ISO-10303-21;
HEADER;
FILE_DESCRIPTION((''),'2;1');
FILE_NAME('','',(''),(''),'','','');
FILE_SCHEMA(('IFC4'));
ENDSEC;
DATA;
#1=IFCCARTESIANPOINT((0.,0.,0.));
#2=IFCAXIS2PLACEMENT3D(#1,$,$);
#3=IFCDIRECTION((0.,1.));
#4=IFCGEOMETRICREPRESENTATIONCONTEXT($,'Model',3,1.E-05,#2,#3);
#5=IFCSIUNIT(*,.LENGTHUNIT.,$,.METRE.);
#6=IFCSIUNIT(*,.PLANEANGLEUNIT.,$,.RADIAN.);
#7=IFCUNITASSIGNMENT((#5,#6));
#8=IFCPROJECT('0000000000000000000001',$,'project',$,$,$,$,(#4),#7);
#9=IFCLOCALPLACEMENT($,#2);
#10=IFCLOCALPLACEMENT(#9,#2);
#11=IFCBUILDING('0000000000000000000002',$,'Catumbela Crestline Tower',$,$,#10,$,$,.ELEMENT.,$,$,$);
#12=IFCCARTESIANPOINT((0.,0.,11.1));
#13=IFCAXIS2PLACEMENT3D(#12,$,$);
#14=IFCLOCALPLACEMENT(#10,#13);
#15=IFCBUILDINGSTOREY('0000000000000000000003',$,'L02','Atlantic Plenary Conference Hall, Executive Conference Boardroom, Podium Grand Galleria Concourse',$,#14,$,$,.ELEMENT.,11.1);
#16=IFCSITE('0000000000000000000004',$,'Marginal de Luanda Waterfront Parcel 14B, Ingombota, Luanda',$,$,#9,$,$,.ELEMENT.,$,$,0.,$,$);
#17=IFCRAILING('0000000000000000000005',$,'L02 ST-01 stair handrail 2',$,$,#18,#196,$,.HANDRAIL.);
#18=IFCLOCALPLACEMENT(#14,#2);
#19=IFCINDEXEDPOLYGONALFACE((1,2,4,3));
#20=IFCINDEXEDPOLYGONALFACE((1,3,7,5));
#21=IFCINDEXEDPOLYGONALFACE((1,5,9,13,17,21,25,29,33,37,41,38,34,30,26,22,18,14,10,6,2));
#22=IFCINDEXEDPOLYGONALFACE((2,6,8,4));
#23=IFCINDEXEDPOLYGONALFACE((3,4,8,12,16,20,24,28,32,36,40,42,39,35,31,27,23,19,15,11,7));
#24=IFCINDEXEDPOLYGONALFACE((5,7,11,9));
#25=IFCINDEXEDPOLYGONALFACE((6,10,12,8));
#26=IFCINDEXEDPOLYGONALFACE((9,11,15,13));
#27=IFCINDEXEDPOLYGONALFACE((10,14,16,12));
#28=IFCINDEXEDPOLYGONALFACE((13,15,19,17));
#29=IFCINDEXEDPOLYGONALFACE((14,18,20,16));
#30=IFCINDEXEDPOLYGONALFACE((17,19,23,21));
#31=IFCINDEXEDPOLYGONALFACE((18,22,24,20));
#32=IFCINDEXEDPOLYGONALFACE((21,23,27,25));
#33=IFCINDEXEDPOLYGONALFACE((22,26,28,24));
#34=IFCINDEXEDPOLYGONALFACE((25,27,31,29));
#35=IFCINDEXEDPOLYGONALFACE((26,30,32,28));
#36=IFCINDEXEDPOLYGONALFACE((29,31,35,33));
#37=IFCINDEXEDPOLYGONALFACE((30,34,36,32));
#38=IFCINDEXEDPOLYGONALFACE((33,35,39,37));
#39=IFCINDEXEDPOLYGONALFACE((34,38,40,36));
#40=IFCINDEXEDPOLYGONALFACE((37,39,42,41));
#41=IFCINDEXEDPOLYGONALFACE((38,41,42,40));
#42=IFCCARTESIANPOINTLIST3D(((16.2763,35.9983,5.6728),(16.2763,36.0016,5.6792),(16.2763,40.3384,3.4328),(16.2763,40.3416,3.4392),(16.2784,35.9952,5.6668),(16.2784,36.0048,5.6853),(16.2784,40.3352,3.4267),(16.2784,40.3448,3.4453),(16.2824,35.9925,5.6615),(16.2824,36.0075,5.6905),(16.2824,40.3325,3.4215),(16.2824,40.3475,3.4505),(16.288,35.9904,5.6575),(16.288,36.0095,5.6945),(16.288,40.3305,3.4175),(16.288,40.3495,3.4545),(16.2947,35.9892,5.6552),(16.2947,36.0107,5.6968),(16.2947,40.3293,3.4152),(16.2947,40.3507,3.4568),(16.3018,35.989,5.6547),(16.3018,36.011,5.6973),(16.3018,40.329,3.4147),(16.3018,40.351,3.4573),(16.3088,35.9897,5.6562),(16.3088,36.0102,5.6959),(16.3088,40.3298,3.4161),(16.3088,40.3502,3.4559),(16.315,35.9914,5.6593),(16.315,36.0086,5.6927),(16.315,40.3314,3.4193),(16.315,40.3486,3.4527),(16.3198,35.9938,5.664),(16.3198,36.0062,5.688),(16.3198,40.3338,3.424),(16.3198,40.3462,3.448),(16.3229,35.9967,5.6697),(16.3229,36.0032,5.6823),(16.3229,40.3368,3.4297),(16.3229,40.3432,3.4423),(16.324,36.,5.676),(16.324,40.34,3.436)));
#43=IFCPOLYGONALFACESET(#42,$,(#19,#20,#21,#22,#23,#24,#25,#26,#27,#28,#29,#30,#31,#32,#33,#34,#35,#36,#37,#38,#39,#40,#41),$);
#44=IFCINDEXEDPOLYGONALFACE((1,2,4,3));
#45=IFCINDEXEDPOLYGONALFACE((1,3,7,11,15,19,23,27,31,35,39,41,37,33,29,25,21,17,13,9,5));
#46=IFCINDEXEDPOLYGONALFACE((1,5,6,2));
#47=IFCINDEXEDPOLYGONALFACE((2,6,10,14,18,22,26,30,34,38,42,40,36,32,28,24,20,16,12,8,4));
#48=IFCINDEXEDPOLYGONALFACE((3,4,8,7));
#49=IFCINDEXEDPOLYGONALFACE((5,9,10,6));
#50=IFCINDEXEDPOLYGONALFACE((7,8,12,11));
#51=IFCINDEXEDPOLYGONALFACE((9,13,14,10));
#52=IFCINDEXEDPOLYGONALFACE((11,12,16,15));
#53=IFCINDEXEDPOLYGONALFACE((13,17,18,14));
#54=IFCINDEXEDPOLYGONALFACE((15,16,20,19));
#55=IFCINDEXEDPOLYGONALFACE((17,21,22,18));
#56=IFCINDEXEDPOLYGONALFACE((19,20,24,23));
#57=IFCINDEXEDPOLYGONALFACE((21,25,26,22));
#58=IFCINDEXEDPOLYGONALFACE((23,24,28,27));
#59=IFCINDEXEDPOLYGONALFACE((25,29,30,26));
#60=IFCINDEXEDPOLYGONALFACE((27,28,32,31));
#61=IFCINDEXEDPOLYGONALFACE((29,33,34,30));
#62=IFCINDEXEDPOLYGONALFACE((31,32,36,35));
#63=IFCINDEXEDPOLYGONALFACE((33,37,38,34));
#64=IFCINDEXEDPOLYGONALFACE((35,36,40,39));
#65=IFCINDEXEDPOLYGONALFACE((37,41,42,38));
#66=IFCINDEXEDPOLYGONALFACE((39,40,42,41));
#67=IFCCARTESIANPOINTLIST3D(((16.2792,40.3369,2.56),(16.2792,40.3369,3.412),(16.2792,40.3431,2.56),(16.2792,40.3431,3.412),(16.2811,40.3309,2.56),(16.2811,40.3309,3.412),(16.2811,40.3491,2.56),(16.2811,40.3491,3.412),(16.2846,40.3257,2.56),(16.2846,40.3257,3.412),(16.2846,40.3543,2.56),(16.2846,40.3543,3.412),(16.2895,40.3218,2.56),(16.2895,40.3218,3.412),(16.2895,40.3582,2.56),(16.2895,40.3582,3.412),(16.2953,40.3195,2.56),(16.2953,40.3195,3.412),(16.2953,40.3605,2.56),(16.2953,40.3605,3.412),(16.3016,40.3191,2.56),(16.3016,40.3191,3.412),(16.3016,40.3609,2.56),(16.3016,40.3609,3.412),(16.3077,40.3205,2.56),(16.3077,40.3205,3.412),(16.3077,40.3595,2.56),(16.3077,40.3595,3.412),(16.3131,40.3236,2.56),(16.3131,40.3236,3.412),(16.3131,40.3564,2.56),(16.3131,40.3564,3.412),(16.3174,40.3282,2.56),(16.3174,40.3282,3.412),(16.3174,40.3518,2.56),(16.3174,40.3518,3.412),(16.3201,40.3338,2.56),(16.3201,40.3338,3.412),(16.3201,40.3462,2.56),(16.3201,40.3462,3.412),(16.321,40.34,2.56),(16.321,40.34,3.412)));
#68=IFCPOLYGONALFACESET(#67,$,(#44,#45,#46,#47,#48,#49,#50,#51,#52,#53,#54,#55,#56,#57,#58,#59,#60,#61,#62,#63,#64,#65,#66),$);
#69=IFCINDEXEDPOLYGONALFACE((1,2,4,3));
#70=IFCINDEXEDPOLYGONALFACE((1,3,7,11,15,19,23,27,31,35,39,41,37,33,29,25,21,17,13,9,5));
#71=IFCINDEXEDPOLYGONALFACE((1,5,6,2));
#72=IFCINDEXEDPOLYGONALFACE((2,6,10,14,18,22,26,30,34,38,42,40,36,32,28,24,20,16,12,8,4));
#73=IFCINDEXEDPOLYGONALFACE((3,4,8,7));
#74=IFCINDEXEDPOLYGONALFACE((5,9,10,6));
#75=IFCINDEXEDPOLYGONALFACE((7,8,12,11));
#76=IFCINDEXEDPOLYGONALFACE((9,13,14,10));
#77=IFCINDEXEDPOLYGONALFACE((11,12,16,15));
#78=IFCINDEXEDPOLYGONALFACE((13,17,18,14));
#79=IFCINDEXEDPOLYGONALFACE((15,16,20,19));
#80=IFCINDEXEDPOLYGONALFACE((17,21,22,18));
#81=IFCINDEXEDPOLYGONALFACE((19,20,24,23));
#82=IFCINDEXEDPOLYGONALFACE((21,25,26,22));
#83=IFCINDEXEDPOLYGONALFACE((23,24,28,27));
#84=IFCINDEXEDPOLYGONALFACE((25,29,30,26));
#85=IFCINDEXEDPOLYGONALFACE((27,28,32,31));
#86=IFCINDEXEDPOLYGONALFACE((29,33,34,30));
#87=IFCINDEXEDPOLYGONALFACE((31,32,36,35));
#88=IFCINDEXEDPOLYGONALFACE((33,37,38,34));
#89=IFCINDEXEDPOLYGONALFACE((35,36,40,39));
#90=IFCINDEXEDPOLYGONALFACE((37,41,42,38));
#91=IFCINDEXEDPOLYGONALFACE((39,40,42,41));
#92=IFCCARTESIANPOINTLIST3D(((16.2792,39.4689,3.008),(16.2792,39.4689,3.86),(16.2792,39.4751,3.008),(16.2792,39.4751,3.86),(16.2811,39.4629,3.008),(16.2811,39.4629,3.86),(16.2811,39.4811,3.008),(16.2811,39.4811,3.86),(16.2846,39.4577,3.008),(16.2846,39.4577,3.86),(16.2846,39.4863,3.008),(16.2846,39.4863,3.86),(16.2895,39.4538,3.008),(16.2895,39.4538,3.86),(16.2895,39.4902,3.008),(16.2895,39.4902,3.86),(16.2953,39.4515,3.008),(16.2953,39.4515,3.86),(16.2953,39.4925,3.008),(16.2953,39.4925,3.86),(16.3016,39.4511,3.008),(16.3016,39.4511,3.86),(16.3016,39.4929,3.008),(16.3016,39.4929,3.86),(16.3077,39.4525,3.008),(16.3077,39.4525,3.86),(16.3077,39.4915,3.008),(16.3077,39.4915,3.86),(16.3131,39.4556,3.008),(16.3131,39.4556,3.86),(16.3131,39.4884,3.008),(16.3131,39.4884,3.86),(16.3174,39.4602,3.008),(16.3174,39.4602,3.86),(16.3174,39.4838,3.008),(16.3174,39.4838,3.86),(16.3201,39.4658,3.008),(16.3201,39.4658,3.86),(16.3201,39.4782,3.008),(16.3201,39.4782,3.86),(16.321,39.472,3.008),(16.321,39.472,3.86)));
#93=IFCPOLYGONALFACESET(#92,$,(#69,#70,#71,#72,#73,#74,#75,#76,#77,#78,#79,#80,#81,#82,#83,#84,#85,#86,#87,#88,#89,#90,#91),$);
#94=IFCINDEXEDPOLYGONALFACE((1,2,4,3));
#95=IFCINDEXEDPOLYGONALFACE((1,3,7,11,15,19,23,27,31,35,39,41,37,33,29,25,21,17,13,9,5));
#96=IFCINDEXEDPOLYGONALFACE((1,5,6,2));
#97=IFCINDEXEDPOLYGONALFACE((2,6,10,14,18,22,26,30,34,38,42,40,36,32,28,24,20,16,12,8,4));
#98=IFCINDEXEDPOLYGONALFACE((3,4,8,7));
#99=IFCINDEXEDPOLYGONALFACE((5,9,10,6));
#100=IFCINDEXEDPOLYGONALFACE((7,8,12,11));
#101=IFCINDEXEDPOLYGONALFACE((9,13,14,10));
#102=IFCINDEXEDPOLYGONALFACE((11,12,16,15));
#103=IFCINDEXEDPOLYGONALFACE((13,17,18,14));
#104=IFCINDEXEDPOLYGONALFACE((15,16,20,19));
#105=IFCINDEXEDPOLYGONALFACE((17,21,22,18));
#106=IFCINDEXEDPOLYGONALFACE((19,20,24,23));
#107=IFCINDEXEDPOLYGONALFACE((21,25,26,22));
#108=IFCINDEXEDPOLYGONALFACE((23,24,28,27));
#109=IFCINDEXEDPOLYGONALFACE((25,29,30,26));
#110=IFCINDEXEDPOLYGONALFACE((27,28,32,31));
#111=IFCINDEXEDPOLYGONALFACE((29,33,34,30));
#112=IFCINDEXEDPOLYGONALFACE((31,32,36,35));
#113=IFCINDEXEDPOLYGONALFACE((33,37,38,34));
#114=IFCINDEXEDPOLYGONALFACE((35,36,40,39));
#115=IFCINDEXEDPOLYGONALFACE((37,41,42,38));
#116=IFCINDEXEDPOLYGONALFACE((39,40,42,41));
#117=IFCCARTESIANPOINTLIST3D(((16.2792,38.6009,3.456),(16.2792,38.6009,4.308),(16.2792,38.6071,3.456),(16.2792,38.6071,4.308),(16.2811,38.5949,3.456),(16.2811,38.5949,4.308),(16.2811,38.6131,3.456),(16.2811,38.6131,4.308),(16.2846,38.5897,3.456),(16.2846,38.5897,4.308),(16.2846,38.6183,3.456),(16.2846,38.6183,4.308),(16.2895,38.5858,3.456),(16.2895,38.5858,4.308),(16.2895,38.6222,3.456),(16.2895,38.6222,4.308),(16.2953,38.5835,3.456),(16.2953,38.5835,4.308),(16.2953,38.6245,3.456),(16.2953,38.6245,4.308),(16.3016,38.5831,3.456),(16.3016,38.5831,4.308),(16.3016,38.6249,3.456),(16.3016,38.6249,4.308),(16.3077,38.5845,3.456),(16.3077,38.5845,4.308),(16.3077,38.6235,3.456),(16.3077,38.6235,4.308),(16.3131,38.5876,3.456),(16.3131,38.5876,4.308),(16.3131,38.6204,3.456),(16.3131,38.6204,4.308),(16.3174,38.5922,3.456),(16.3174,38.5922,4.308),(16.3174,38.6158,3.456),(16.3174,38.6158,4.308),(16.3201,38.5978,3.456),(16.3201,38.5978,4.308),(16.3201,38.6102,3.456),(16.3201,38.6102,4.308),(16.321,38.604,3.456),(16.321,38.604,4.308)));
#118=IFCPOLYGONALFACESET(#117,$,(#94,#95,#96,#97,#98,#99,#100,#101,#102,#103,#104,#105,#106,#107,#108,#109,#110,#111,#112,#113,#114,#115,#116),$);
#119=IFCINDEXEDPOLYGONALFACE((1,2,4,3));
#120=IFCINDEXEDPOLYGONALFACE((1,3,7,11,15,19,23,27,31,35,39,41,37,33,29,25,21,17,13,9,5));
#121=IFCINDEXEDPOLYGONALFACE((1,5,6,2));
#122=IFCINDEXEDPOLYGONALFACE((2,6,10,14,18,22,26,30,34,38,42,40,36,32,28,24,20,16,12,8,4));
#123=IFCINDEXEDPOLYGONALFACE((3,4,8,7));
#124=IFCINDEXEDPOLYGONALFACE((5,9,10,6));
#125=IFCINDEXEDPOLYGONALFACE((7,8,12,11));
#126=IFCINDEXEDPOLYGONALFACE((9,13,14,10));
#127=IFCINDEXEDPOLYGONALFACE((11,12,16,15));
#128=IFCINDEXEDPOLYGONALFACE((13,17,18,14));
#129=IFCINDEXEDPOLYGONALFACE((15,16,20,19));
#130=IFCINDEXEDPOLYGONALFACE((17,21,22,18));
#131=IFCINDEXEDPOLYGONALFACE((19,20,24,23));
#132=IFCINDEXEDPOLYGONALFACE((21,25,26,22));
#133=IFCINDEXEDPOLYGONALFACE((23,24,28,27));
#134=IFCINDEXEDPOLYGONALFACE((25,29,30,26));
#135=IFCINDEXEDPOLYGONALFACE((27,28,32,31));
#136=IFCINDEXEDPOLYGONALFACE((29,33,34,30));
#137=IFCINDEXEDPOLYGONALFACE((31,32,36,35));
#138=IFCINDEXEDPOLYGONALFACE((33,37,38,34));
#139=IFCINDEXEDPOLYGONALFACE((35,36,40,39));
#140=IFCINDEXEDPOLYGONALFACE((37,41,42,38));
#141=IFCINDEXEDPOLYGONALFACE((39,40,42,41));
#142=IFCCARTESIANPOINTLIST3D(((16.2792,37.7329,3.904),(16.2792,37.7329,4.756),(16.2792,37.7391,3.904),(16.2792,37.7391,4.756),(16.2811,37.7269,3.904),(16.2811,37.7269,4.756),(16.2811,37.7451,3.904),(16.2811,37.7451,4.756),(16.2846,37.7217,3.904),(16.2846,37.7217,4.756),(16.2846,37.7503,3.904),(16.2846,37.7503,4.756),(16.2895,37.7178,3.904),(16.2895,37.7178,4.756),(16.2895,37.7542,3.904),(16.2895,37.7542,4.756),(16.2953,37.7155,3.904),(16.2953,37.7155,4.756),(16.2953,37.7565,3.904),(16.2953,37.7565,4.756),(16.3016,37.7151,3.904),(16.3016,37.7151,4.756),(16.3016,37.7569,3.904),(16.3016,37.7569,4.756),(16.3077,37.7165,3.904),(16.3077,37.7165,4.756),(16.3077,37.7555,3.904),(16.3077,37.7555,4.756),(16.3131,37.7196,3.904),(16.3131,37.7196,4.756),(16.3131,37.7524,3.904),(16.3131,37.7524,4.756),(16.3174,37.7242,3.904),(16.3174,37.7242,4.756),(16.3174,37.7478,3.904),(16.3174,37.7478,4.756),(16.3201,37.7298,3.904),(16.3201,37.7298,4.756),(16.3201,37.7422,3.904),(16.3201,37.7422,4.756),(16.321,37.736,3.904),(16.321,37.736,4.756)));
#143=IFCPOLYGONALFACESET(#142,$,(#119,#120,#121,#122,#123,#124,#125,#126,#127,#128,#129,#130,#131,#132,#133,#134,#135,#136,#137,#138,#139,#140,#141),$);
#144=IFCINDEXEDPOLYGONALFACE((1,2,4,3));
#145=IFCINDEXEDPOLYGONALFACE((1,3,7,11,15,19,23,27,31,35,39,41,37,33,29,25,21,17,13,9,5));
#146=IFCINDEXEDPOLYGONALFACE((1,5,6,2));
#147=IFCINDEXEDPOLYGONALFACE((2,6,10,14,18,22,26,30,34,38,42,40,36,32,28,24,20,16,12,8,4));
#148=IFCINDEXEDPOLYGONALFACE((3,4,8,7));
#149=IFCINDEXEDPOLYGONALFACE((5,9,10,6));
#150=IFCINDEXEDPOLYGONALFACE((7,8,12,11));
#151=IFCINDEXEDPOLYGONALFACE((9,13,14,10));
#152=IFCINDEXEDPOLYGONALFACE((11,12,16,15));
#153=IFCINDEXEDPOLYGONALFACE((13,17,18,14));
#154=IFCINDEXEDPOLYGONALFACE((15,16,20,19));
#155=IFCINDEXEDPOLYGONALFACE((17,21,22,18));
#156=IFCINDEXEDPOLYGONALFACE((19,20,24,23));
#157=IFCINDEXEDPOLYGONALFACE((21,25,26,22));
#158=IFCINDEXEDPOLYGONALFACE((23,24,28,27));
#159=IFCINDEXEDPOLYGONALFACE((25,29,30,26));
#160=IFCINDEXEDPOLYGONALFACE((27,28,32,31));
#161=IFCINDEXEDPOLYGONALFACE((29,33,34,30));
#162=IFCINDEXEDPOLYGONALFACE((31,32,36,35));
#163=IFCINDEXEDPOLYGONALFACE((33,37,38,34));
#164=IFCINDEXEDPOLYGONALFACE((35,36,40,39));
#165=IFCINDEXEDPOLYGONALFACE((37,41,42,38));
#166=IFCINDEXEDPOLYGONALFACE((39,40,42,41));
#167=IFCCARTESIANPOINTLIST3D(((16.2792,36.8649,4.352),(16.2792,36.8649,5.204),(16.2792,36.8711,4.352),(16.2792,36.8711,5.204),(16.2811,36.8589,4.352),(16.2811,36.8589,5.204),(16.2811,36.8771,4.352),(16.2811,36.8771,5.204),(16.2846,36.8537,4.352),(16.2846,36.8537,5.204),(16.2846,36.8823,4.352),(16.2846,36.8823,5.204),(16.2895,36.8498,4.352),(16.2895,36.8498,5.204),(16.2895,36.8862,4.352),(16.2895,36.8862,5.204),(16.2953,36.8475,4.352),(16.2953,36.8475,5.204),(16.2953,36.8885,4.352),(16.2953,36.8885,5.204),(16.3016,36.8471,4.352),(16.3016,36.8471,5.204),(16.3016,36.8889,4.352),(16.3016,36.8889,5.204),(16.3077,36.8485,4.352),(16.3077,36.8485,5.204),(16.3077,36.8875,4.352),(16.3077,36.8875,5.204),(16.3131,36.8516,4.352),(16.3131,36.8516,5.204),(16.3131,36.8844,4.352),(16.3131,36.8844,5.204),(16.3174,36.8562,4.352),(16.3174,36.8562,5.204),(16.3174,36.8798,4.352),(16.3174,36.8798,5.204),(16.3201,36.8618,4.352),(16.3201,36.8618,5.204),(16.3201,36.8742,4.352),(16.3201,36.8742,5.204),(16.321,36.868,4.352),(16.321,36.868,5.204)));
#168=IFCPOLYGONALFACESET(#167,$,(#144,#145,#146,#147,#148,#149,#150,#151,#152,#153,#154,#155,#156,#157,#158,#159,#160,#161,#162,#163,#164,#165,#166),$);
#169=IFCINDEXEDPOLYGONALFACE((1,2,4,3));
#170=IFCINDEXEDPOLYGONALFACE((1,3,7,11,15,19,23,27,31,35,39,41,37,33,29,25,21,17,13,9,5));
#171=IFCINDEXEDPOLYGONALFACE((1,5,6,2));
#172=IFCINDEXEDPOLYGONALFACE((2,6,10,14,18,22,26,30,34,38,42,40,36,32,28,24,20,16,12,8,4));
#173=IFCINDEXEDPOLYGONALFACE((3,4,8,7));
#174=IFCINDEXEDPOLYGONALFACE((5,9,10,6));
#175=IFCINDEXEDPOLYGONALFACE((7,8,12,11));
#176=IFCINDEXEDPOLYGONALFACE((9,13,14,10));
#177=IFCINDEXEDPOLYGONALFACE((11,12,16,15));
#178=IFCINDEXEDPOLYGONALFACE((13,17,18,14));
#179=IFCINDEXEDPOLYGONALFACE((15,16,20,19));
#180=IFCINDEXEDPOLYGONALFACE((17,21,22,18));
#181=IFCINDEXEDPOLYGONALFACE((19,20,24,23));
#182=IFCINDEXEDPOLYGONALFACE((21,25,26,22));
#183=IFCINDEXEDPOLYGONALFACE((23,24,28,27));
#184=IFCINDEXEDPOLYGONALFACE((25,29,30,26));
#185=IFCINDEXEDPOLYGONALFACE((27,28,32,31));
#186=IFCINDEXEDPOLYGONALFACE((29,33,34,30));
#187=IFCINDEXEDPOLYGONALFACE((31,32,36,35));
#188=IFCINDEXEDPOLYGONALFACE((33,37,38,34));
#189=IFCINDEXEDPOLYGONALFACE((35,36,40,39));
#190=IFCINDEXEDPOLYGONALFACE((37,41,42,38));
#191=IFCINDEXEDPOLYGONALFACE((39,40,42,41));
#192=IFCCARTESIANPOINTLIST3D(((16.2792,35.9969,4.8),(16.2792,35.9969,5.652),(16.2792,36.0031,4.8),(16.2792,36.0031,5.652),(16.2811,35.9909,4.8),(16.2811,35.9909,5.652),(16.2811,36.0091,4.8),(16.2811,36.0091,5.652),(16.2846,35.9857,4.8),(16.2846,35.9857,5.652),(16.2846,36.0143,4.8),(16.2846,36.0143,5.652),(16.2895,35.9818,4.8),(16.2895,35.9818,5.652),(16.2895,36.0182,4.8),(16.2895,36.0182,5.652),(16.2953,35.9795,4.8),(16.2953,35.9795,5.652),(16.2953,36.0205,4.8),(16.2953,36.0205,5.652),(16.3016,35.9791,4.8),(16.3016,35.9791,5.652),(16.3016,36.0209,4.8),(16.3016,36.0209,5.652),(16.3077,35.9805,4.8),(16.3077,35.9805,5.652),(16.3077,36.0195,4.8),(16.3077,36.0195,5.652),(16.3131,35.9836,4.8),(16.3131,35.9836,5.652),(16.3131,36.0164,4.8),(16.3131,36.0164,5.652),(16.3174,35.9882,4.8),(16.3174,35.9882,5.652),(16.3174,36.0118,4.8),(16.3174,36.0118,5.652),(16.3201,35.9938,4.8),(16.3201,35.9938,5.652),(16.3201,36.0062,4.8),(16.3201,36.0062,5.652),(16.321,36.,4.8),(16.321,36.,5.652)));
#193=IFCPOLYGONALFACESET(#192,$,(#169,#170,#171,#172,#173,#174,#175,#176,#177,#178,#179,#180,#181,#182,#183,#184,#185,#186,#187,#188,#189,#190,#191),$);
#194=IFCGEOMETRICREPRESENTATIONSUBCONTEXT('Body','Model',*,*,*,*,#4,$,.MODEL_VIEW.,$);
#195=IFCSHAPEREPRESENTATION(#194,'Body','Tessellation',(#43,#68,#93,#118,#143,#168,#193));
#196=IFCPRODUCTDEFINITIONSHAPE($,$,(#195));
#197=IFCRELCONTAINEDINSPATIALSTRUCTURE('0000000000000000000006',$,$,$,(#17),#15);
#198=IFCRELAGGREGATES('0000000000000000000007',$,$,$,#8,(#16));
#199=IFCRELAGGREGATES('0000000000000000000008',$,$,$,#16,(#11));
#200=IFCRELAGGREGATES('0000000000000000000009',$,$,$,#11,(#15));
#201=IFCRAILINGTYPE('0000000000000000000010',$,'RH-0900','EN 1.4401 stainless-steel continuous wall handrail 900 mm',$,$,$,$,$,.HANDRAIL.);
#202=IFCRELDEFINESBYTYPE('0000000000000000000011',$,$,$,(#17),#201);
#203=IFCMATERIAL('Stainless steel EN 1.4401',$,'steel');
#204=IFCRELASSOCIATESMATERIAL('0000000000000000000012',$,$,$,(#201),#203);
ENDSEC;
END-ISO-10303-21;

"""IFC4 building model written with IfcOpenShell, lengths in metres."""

from ifc_helpers import new_model, si_unit, direction, frame, origin, origin_2d, place, context, subcontext, project, spatial, circle, extrude, material, type_object, element, save


model = new_model("IFC4")

# Units and contexts
model_context = context("Model", 3, precision=1e-05, world=origin(), true_north=direction((0.0, 1.0)))
body_context = subcontext(model_context, "Body", "Model", "MODEL_VIEW")
ifc_project = project(units=[si_unit("LENGTHUNIT", "METRE"), si_unit("PLANEANGLEUNIT", "RADIAN")], contexts=[model_context])

# Site, building, storey
site_placement = place(None, origin())
site = spatial("IfcSite", under=ifc_project, at=site_placement, Name="Marginal de Luanda Waterfront Parcel 14B, Ingombota, Luanda", CompositionType="ELEMENT", RefElevation=0.0)
building_placement = place(site_placement, origin())
building = spatial("IfcBuilding", under=site, at=building_placement, Name="Catumbela Crestline Tower", CompositionType="ELEMENT")
storey_placement = place(building_placement, frame((0.0, 0.0, 11.1)))
storey = spatial("IfcBuildingStorey", under=building, at=storey_placement, Name="L02", Description="Atlantic Plenary Conference Hall, Executive Conference Boardroom, Podium Grand Galleria Concourse", CompositionType="ELEMENT", Elevation=11.1)

# Shared definitions
ifc_material_1 = material(Name="Stainless steel EN 1.4401", Category="steel")

# Railing
railing_type_1 = type_object("IfcRailingType", Name="RH-0900", Description="EN 1.4401 stainless-steel continuous wall handrail 900 mm", PredefinedType="HANDRAIL", material=ifc_material_1)
railing_1_placement = place(storey_placement, frame((16.3, 40.34, 2.56)))
element("IfcRailing", 1, at=railing_1_placement, inside=storey, type_object=railing_type_1, Name="L02 ST-01 stair handrail 2", PredefinedType="HANDRAIL", context=body_context, shape_type="SweptSolid", body=[
    extrude(circle(Radius=0.024, at=origin_2d()), frame((0.0, 0.0, 0.876), z_axis=(0.0, -0.888621, 0.458643), x_axis=(1.0, 0.0, 0.0)), (0.0, 0.0, 1.0), 4.884),
    extrude(circle(Radius=0.021, at=origin_2d()), origin(), (0.0, 0.0, 1.0), 0.852),
    extrude(circle(Radius=0.021, at=origin_2d()), frame((0.0, -0.868, 0.448)), (0.0, 0.0, 1.0), 0.852),
    extrude(circle(Radius=0.021, at=origin_2d()), frame((0.0, -1.736, 0.896)), (0.0, 0.0, 1.0), 0.852),
    extrude(circle(Radius=0.021, at=origin_2d()), frame((0.0, -2.604, 1.344)), (0.0, 0.0, 1.0), 0.852),
    extrude(circle(Radius=0.021, at=origin_2d()), frame((0.0, -3.472, 1.792)), (0.0, 0.0, 1.0), 0.852),
    extrude(circle(Radius=0.021, at=origin_2d()), frame((0.0, -4.34, 2.24)), (0.0, 0.0, 1.0), 0.852),
])

save(model, "model.ifc")
